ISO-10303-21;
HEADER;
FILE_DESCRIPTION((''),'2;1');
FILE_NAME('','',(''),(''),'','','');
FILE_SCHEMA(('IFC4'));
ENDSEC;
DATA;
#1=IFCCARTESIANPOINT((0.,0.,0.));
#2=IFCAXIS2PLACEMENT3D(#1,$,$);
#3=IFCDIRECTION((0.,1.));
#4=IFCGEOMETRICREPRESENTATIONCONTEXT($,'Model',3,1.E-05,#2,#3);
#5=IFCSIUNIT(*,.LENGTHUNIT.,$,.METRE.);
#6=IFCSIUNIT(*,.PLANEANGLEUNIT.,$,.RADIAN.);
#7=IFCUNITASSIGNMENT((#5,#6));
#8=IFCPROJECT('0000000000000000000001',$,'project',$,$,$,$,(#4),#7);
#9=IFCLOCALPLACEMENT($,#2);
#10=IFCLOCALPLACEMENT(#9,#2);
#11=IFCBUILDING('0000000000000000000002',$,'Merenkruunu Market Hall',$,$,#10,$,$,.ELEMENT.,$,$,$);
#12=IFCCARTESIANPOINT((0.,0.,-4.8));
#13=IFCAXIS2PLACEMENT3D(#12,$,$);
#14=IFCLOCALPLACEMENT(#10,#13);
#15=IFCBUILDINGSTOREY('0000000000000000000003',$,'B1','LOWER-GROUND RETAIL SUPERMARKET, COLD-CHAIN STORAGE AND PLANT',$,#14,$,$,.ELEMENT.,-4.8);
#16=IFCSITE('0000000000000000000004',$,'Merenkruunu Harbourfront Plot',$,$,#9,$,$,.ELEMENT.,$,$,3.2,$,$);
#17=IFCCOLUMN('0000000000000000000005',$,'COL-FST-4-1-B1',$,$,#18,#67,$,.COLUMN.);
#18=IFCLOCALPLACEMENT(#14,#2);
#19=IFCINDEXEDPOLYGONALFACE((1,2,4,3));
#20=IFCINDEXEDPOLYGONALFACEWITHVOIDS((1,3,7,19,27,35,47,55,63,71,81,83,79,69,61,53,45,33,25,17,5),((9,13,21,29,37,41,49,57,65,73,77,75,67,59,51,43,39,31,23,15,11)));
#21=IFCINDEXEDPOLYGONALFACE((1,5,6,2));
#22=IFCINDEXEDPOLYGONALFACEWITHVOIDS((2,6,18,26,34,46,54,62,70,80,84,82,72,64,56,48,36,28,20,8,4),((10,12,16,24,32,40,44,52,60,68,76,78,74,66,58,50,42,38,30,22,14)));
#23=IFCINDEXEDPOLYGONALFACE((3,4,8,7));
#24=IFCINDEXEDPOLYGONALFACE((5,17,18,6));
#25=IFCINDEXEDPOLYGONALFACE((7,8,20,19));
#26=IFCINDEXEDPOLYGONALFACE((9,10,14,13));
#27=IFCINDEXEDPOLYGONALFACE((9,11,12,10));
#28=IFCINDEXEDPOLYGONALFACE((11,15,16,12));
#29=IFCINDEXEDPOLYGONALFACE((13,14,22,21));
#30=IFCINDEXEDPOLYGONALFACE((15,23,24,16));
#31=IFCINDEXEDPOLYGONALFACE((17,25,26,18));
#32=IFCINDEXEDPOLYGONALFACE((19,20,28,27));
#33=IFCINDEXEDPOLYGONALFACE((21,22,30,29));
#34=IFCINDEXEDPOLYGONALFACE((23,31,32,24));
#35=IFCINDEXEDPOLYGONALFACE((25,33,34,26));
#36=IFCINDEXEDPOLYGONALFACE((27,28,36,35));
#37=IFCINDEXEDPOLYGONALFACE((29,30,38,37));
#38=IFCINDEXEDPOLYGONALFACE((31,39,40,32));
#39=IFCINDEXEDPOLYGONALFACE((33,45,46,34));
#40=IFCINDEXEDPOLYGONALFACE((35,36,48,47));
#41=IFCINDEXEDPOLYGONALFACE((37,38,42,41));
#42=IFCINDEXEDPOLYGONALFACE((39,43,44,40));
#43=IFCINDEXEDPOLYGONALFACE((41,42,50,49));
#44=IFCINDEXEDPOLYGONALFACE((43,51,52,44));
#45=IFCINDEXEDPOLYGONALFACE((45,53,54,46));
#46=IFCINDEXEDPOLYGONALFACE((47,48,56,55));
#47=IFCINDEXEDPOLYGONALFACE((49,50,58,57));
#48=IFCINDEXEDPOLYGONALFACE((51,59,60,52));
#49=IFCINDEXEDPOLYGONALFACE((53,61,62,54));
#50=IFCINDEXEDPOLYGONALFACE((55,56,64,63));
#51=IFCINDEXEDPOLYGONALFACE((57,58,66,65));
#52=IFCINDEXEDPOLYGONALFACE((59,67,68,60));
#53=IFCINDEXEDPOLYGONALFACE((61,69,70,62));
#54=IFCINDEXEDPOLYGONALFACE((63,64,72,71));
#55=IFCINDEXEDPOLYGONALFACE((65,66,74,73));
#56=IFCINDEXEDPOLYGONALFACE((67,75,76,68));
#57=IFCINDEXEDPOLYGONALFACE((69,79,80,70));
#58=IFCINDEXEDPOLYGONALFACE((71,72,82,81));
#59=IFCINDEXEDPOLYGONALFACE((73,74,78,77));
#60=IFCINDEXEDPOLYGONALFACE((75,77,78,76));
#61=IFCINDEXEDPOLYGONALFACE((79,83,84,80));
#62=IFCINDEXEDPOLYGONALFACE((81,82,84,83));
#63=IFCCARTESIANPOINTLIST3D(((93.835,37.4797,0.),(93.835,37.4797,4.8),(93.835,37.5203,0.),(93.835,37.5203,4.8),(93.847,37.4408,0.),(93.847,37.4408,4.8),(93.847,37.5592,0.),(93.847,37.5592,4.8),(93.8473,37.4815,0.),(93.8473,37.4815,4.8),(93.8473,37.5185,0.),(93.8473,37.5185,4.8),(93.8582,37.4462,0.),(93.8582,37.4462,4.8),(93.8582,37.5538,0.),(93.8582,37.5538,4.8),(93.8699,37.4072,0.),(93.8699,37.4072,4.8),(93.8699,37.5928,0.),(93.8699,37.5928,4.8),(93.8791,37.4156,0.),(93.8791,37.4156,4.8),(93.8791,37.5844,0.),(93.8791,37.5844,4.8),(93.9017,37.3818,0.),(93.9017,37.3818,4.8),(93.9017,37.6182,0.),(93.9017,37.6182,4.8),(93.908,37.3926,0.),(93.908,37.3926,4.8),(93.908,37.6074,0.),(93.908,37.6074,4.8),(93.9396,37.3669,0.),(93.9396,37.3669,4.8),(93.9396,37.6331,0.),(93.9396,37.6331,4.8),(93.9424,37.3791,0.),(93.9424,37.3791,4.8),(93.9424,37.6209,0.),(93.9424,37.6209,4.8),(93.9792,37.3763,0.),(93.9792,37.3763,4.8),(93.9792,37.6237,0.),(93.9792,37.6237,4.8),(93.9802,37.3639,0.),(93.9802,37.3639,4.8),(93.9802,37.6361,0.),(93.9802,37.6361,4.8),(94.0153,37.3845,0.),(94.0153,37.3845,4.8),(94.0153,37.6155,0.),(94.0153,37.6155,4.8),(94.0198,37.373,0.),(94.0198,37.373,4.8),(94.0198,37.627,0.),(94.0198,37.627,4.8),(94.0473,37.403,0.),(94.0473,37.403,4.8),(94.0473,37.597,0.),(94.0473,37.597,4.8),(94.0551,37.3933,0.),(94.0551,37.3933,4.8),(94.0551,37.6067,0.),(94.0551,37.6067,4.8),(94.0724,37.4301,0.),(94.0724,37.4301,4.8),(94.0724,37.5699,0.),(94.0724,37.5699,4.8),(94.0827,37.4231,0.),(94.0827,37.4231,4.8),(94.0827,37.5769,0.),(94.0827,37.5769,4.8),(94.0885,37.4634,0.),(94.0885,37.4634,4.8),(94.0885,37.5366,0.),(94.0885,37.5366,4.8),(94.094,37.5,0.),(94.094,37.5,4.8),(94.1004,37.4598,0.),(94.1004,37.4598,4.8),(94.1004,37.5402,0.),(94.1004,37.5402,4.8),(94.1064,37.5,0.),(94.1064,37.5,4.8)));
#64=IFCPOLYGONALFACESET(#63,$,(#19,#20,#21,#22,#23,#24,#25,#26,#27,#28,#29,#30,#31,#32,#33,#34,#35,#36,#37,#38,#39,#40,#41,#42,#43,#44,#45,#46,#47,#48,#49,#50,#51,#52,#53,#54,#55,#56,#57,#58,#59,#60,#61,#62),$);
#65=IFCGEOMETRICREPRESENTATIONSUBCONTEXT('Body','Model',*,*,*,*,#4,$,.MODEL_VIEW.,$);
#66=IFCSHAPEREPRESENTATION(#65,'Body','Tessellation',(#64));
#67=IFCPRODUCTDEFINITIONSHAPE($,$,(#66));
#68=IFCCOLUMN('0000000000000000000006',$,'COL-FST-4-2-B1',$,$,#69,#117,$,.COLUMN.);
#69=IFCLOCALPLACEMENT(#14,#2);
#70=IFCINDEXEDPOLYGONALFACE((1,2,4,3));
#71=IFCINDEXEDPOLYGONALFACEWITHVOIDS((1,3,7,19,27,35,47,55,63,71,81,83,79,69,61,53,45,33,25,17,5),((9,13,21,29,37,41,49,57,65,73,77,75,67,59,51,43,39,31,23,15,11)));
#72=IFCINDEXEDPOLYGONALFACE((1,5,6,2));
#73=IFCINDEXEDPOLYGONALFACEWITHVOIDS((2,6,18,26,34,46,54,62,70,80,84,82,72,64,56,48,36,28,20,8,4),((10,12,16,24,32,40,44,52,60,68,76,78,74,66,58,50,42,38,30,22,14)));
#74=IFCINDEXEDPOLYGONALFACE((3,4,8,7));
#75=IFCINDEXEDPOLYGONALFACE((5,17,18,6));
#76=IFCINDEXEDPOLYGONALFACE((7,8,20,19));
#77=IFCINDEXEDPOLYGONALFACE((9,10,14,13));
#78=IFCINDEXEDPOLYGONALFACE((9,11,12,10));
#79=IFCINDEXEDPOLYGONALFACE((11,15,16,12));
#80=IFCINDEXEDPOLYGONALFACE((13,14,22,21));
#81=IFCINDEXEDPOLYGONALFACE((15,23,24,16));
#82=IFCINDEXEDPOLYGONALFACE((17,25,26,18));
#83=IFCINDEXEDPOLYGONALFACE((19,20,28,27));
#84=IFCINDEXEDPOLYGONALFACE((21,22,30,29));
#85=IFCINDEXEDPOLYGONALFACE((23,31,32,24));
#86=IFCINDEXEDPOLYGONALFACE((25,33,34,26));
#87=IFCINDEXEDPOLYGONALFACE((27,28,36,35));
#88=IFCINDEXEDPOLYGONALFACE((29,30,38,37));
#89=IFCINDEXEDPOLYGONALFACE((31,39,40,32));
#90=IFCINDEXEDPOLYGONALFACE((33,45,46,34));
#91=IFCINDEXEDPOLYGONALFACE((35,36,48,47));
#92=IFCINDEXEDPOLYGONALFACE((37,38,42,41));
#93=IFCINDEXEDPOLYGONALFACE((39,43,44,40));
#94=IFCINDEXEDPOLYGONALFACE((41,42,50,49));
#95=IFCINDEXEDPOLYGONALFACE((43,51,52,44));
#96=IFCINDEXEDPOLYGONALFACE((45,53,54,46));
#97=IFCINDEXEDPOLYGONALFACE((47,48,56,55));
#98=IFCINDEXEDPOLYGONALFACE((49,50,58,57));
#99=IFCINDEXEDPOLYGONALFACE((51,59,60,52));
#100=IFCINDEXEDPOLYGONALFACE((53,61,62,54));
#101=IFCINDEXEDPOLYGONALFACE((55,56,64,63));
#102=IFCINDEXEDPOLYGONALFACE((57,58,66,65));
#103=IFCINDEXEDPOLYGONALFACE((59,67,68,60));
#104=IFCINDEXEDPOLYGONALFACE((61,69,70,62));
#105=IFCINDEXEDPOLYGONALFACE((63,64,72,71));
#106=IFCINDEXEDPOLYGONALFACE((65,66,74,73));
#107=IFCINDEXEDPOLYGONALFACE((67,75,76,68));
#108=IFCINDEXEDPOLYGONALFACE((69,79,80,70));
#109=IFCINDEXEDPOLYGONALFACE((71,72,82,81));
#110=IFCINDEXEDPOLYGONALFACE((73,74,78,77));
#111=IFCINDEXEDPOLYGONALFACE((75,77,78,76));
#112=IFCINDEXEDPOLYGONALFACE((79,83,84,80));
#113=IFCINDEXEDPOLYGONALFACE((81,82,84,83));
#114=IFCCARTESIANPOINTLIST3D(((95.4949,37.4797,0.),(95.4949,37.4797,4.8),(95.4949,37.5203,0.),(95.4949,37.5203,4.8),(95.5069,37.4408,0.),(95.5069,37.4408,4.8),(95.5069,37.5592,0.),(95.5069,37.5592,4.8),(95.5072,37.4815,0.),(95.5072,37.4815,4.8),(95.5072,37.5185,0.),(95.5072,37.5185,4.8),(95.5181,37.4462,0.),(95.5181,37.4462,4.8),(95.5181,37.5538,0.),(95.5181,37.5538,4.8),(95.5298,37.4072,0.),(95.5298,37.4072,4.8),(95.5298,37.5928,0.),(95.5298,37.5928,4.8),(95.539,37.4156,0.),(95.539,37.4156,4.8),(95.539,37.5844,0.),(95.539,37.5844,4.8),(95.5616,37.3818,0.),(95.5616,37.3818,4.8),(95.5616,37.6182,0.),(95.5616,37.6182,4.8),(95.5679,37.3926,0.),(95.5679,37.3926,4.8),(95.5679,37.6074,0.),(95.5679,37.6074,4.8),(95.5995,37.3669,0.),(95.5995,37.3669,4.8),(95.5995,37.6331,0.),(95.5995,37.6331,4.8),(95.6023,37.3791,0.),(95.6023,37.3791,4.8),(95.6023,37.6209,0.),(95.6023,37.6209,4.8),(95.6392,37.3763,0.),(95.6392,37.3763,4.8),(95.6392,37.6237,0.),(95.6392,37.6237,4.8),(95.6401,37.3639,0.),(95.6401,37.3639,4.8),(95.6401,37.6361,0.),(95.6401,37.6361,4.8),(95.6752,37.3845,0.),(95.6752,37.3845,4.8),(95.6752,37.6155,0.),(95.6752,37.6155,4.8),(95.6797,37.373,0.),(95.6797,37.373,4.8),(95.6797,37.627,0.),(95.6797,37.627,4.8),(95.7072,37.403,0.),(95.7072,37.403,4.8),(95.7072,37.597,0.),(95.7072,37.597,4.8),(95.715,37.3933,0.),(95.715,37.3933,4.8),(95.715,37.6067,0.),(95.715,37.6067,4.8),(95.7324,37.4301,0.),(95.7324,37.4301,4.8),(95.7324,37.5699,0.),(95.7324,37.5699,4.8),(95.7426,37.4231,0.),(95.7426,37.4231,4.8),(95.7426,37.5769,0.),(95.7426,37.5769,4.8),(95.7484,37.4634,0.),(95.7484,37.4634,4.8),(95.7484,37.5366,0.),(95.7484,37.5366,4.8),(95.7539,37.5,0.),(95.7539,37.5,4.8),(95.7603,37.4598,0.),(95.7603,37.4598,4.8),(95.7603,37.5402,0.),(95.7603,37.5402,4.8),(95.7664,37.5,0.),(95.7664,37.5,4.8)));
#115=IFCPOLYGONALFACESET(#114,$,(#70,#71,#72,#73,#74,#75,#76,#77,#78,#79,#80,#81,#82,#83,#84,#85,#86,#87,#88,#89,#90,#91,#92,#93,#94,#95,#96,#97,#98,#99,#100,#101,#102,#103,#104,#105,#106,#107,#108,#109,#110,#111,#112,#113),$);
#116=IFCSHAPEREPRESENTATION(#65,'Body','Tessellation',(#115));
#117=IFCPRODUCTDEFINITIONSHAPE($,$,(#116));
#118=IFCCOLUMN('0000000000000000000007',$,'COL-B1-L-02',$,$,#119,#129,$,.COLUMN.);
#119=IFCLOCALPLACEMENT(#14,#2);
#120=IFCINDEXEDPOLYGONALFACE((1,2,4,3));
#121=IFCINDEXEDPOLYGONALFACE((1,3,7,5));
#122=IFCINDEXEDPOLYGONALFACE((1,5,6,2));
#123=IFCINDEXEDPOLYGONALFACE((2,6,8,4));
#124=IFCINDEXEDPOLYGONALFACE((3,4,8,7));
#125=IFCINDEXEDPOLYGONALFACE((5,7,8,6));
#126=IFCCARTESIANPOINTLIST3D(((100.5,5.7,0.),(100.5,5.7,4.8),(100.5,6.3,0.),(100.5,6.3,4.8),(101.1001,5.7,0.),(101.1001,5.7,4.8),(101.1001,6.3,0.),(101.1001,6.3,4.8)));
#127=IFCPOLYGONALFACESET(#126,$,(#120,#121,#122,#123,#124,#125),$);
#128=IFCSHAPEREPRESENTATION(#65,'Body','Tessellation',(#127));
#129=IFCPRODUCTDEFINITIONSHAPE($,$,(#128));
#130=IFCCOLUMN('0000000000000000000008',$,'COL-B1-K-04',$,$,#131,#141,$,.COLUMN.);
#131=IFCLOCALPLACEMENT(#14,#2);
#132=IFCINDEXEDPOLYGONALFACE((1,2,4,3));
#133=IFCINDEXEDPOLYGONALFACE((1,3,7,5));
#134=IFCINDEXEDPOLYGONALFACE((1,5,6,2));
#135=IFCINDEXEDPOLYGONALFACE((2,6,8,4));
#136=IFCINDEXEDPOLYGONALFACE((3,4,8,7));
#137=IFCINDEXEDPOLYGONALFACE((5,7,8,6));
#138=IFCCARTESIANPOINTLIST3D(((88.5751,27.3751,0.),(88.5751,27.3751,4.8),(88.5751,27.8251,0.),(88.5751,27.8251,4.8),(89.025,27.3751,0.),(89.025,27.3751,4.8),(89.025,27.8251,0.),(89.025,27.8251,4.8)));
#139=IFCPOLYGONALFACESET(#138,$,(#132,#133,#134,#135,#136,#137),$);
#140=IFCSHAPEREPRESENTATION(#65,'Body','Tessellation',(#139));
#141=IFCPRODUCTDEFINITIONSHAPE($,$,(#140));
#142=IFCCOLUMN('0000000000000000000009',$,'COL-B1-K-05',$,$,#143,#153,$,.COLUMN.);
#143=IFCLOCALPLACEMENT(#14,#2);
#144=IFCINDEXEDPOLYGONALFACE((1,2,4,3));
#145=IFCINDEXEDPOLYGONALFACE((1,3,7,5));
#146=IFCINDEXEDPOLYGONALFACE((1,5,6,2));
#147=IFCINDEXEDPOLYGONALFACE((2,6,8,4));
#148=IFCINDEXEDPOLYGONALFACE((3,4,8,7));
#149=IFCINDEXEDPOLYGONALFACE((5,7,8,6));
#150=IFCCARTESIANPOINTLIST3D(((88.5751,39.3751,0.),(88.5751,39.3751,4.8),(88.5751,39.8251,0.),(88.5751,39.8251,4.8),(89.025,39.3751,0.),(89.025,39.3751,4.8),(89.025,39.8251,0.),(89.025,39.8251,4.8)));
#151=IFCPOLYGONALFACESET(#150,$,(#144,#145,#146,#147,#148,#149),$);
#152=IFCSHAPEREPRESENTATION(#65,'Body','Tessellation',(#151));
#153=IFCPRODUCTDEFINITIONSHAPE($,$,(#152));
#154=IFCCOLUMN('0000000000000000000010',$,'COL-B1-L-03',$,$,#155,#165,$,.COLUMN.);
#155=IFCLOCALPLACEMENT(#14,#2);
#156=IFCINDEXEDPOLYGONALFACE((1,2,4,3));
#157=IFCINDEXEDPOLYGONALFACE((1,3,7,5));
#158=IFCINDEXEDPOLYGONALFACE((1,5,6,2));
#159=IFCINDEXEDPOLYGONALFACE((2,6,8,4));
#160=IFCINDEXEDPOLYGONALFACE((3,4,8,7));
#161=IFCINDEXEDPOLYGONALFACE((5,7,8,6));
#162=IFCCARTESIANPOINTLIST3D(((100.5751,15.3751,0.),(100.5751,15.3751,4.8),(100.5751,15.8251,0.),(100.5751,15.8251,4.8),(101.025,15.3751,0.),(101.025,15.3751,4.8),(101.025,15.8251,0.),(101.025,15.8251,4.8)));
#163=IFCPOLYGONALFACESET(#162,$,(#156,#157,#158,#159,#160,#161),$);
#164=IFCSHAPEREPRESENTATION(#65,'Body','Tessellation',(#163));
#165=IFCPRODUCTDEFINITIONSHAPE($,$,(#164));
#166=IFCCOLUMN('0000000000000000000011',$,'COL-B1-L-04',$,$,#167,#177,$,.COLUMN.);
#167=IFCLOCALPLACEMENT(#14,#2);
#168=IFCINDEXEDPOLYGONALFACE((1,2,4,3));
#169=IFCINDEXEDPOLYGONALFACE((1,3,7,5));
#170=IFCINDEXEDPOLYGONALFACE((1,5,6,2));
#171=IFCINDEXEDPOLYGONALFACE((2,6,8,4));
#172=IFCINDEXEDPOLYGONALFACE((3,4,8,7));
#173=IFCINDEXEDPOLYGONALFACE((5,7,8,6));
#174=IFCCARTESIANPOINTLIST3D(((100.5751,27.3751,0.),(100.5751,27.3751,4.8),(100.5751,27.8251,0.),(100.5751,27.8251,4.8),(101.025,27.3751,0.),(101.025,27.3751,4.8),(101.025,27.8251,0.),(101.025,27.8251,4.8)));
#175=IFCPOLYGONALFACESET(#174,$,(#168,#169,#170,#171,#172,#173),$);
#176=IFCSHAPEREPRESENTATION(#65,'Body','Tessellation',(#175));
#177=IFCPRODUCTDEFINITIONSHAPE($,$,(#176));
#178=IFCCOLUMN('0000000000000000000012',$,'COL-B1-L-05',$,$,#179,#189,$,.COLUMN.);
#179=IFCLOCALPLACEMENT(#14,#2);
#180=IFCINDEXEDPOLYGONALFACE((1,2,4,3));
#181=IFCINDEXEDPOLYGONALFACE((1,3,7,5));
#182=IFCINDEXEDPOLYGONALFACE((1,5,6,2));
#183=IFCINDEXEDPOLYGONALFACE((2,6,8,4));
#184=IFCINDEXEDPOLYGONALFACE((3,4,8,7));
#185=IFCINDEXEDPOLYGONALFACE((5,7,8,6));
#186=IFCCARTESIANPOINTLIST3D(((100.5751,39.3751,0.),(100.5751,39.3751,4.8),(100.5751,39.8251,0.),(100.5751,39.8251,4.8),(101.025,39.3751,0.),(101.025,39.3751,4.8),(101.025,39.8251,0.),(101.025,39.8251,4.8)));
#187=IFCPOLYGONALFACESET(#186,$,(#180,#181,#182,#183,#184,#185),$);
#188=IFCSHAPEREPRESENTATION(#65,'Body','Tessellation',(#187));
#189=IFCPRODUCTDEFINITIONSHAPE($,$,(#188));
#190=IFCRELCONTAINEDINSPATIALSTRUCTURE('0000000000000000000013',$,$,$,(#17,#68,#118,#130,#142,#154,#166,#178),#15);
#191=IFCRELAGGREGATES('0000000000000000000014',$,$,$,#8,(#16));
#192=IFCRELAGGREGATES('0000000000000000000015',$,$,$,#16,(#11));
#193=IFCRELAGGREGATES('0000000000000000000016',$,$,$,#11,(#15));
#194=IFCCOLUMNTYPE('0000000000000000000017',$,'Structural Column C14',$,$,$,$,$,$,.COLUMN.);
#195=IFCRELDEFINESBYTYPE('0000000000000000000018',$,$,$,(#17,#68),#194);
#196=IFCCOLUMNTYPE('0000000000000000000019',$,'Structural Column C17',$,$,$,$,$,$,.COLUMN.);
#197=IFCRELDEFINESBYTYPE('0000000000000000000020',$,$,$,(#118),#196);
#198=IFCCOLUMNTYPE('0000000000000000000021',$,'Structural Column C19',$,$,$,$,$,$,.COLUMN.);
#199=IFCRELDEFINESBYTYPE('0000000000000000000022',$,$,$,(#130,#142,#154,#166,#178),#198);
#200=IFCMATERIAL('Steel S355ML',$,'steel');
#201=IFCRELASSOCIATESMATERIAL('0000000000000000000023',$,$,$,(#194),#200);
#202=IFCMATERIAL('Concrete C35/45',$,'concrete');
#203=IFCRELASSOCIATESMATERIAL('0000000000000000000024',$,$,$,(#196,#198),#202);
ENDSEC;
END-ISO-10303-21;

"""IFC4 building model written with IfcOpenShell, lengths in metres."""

from ifc_helpers import new_model, si_unit, direction, frame, origin, origin_2d, place, context, subcontext, project, spatial, rectangle, hollow_circle, extrude, material, material_profile, profile_set, type_object, element, save


model = new_model("IFC4")

# Units and contexts
model_context = context("Model", 3, precision=1e-05, world=origin(), true_north=direction((0.0, 1.0)))
body_context = subcontext(model_context, "Body", "Model", "MODEL_VIEW")
ifc_project = project(units=[si_unit("LENGTHUNIT", "METRE"), si_unit("PLANEANGLEUNIT", "RADIAN")], contexts=[model_context])

# Site, building, storey
site_placement = place(None, origin())
site = spatial("IfcSite", under=ifc_project, at=site_placement, Name="Merenkruunu Harbourfront Plot", CompositionType="ELEMENT", RefElevation=3.2)
building_placement = place(site_placement, origin())
building = spatial("IfcBuilding", under=site, at=building_placement, Name="Merenkruunu Market Hall", CompositionType="ELEMENT")
storey_placement = place(building_placement, frame((0.0, 0.0, -4.8)))
storey = spatial("IfcBuildingStorey", under=building, at=storey_placement, Name="B1", Description="LOWER-GROUND RETAIL SUPERMARKET, COLD-CHAIN STORAGE AND PLANT", CompositionType="ELEMENT", Elevation=-4.8)

# Shared definitions
ifc_material_1 = material(Name="Concrete C35/45", Category="concrete")

# Columns
ifc_material_2 = material(Name="Steel S355ML", Category="steel")
ifc_material_profile_1 = material_profile(ifc_material_2, hollow_circle(Radius=0.1365, WallThickness=0.0125, at=origin_2d()), Name="CHS 273x12.5")
ifc_profile_set_1 = profile_set([ifc_material_profile_1], Name="Steel S355ML")
column_type_1 = type_object("IfcColumnType", Name="Structural Column C14", PredefinedType="COLUMN", material=ifc_profile_set_1)
for number, where, z_axis, x_axis, name in (
    (1, (93.97, 37.5, 0.0), (0.0, 0.0, 1.0), (1.0, 0.0, 0.0), "COL-FST-4-1-B1"),
    (2, (95.6299, 37.5, 0.0), (0.0, 0.0, 1.0), (1.0, 0.0, 0.0), "COL-FST-4-2-B1"),
):
    element("IfcColumn", number, at=place(storey_placement, frame(where, z_axis=z_axis, x_axis=x_axis)), inside=storey, type_object=column_type_1, Name=name, PredefinedType="COLUMN", context=body_context, shape_type="SweptSolid", body=[
        extrude(hollow_circle(Radius=0.1365, WallThickness=0.0125, at=origin_2d()), origin(), (0.0, 0.0, 1.0), 4.8),
    ])
ifc_material_profile_2 = material_profile(ifc_material_1, rectangle(XDim=0.6001, YDim=0.6001, at=origin_2d()), Name="RC 600x600")
ifc_profile_set_2 = profile_set([ifc_material_profile_2], Name="Concrete C35/45")
column_type_2 = type_object("IfcColumnType", Name="Structural Column C17", PredefinedType="COLUMN", material=ifc_profile_set_2)
column_placement = place(storey_placement, frame((100.8, 6.0, 0.0), z_axis=(0.0, 0.0, 1.0), x_axis=(1.0, 0.0, 0.0)))
element("IfcColumn", 3, at=column_placement, inside=storey, type_object=column_type_2, Name="COL-B1-L-02", PredefinedType="COLUMN", context=body_context, shape_type="SweptSolid", body=[
    extrude(rectangle(XDim=0.6001, YDim=0.6001, at=origin_2d()), origin(), (0.0, 0.0, 1.0), 4.8),
])
ifc_material_profile_3 = material_profile(ifc_material_1, rectangle(XDim=0.45, YDim=0.45, at=origin_2d()), Name="RC 450x450")
ifc_profile_set_3 = profile_set([ifc_material_profile_3], Name="Concrete C35/45")
column_type_3 = type_object("IfcColumnType", Name="Structural Column C19", PredefinedType="COLUMN", material=ifc_profile_set_3)
for number, where, z_axis, x_axis, name in (
    (4, (88.8, 27.6001, 0.0), (0.0, 0.0, 1.0), (1.0, 0.0, 0.0), "COL-B1-K-04"),
    (5, (88.8, 39.6001, 0.0), (0.0, 0.0, 1.0), (1.0, 0.0, 0.0), "COL-B1-K-05"),
    (6, (100.8, 15.6001, 0.0), (0.0, 0.0, 1.0), (1.0, 0.0, 0.0), "COL-B1-L-03"),
    (7, (100.8, 27.6001, 0.0), (0.0, 0.0, 1.0), (1.0, 0.0, 0.0), "COL-B1-L-04"),
    (8, (100.8, 39.6001, 0.0), (0.0, 0.0, 1.0), (1.0, 0.0, 0.0), "COL-B1-L-05"),
):
    element("IfcColumn", number, at=place(storey_placement, frame(where, z_axis=z_axis, x_axis=x_axis)), inside=storey, type_object=column_type_3, Name=name, PredefinedType="COLUMN", context=body_context, shape_type="SweptSolid", body=[
        extrude(rectangle(XDim=0.45, YDim=0.45, at=origin_2d()), origin(), (0.0, 0.0, 1.0), 4.8),
    ])

save(model, "model.ifc")
